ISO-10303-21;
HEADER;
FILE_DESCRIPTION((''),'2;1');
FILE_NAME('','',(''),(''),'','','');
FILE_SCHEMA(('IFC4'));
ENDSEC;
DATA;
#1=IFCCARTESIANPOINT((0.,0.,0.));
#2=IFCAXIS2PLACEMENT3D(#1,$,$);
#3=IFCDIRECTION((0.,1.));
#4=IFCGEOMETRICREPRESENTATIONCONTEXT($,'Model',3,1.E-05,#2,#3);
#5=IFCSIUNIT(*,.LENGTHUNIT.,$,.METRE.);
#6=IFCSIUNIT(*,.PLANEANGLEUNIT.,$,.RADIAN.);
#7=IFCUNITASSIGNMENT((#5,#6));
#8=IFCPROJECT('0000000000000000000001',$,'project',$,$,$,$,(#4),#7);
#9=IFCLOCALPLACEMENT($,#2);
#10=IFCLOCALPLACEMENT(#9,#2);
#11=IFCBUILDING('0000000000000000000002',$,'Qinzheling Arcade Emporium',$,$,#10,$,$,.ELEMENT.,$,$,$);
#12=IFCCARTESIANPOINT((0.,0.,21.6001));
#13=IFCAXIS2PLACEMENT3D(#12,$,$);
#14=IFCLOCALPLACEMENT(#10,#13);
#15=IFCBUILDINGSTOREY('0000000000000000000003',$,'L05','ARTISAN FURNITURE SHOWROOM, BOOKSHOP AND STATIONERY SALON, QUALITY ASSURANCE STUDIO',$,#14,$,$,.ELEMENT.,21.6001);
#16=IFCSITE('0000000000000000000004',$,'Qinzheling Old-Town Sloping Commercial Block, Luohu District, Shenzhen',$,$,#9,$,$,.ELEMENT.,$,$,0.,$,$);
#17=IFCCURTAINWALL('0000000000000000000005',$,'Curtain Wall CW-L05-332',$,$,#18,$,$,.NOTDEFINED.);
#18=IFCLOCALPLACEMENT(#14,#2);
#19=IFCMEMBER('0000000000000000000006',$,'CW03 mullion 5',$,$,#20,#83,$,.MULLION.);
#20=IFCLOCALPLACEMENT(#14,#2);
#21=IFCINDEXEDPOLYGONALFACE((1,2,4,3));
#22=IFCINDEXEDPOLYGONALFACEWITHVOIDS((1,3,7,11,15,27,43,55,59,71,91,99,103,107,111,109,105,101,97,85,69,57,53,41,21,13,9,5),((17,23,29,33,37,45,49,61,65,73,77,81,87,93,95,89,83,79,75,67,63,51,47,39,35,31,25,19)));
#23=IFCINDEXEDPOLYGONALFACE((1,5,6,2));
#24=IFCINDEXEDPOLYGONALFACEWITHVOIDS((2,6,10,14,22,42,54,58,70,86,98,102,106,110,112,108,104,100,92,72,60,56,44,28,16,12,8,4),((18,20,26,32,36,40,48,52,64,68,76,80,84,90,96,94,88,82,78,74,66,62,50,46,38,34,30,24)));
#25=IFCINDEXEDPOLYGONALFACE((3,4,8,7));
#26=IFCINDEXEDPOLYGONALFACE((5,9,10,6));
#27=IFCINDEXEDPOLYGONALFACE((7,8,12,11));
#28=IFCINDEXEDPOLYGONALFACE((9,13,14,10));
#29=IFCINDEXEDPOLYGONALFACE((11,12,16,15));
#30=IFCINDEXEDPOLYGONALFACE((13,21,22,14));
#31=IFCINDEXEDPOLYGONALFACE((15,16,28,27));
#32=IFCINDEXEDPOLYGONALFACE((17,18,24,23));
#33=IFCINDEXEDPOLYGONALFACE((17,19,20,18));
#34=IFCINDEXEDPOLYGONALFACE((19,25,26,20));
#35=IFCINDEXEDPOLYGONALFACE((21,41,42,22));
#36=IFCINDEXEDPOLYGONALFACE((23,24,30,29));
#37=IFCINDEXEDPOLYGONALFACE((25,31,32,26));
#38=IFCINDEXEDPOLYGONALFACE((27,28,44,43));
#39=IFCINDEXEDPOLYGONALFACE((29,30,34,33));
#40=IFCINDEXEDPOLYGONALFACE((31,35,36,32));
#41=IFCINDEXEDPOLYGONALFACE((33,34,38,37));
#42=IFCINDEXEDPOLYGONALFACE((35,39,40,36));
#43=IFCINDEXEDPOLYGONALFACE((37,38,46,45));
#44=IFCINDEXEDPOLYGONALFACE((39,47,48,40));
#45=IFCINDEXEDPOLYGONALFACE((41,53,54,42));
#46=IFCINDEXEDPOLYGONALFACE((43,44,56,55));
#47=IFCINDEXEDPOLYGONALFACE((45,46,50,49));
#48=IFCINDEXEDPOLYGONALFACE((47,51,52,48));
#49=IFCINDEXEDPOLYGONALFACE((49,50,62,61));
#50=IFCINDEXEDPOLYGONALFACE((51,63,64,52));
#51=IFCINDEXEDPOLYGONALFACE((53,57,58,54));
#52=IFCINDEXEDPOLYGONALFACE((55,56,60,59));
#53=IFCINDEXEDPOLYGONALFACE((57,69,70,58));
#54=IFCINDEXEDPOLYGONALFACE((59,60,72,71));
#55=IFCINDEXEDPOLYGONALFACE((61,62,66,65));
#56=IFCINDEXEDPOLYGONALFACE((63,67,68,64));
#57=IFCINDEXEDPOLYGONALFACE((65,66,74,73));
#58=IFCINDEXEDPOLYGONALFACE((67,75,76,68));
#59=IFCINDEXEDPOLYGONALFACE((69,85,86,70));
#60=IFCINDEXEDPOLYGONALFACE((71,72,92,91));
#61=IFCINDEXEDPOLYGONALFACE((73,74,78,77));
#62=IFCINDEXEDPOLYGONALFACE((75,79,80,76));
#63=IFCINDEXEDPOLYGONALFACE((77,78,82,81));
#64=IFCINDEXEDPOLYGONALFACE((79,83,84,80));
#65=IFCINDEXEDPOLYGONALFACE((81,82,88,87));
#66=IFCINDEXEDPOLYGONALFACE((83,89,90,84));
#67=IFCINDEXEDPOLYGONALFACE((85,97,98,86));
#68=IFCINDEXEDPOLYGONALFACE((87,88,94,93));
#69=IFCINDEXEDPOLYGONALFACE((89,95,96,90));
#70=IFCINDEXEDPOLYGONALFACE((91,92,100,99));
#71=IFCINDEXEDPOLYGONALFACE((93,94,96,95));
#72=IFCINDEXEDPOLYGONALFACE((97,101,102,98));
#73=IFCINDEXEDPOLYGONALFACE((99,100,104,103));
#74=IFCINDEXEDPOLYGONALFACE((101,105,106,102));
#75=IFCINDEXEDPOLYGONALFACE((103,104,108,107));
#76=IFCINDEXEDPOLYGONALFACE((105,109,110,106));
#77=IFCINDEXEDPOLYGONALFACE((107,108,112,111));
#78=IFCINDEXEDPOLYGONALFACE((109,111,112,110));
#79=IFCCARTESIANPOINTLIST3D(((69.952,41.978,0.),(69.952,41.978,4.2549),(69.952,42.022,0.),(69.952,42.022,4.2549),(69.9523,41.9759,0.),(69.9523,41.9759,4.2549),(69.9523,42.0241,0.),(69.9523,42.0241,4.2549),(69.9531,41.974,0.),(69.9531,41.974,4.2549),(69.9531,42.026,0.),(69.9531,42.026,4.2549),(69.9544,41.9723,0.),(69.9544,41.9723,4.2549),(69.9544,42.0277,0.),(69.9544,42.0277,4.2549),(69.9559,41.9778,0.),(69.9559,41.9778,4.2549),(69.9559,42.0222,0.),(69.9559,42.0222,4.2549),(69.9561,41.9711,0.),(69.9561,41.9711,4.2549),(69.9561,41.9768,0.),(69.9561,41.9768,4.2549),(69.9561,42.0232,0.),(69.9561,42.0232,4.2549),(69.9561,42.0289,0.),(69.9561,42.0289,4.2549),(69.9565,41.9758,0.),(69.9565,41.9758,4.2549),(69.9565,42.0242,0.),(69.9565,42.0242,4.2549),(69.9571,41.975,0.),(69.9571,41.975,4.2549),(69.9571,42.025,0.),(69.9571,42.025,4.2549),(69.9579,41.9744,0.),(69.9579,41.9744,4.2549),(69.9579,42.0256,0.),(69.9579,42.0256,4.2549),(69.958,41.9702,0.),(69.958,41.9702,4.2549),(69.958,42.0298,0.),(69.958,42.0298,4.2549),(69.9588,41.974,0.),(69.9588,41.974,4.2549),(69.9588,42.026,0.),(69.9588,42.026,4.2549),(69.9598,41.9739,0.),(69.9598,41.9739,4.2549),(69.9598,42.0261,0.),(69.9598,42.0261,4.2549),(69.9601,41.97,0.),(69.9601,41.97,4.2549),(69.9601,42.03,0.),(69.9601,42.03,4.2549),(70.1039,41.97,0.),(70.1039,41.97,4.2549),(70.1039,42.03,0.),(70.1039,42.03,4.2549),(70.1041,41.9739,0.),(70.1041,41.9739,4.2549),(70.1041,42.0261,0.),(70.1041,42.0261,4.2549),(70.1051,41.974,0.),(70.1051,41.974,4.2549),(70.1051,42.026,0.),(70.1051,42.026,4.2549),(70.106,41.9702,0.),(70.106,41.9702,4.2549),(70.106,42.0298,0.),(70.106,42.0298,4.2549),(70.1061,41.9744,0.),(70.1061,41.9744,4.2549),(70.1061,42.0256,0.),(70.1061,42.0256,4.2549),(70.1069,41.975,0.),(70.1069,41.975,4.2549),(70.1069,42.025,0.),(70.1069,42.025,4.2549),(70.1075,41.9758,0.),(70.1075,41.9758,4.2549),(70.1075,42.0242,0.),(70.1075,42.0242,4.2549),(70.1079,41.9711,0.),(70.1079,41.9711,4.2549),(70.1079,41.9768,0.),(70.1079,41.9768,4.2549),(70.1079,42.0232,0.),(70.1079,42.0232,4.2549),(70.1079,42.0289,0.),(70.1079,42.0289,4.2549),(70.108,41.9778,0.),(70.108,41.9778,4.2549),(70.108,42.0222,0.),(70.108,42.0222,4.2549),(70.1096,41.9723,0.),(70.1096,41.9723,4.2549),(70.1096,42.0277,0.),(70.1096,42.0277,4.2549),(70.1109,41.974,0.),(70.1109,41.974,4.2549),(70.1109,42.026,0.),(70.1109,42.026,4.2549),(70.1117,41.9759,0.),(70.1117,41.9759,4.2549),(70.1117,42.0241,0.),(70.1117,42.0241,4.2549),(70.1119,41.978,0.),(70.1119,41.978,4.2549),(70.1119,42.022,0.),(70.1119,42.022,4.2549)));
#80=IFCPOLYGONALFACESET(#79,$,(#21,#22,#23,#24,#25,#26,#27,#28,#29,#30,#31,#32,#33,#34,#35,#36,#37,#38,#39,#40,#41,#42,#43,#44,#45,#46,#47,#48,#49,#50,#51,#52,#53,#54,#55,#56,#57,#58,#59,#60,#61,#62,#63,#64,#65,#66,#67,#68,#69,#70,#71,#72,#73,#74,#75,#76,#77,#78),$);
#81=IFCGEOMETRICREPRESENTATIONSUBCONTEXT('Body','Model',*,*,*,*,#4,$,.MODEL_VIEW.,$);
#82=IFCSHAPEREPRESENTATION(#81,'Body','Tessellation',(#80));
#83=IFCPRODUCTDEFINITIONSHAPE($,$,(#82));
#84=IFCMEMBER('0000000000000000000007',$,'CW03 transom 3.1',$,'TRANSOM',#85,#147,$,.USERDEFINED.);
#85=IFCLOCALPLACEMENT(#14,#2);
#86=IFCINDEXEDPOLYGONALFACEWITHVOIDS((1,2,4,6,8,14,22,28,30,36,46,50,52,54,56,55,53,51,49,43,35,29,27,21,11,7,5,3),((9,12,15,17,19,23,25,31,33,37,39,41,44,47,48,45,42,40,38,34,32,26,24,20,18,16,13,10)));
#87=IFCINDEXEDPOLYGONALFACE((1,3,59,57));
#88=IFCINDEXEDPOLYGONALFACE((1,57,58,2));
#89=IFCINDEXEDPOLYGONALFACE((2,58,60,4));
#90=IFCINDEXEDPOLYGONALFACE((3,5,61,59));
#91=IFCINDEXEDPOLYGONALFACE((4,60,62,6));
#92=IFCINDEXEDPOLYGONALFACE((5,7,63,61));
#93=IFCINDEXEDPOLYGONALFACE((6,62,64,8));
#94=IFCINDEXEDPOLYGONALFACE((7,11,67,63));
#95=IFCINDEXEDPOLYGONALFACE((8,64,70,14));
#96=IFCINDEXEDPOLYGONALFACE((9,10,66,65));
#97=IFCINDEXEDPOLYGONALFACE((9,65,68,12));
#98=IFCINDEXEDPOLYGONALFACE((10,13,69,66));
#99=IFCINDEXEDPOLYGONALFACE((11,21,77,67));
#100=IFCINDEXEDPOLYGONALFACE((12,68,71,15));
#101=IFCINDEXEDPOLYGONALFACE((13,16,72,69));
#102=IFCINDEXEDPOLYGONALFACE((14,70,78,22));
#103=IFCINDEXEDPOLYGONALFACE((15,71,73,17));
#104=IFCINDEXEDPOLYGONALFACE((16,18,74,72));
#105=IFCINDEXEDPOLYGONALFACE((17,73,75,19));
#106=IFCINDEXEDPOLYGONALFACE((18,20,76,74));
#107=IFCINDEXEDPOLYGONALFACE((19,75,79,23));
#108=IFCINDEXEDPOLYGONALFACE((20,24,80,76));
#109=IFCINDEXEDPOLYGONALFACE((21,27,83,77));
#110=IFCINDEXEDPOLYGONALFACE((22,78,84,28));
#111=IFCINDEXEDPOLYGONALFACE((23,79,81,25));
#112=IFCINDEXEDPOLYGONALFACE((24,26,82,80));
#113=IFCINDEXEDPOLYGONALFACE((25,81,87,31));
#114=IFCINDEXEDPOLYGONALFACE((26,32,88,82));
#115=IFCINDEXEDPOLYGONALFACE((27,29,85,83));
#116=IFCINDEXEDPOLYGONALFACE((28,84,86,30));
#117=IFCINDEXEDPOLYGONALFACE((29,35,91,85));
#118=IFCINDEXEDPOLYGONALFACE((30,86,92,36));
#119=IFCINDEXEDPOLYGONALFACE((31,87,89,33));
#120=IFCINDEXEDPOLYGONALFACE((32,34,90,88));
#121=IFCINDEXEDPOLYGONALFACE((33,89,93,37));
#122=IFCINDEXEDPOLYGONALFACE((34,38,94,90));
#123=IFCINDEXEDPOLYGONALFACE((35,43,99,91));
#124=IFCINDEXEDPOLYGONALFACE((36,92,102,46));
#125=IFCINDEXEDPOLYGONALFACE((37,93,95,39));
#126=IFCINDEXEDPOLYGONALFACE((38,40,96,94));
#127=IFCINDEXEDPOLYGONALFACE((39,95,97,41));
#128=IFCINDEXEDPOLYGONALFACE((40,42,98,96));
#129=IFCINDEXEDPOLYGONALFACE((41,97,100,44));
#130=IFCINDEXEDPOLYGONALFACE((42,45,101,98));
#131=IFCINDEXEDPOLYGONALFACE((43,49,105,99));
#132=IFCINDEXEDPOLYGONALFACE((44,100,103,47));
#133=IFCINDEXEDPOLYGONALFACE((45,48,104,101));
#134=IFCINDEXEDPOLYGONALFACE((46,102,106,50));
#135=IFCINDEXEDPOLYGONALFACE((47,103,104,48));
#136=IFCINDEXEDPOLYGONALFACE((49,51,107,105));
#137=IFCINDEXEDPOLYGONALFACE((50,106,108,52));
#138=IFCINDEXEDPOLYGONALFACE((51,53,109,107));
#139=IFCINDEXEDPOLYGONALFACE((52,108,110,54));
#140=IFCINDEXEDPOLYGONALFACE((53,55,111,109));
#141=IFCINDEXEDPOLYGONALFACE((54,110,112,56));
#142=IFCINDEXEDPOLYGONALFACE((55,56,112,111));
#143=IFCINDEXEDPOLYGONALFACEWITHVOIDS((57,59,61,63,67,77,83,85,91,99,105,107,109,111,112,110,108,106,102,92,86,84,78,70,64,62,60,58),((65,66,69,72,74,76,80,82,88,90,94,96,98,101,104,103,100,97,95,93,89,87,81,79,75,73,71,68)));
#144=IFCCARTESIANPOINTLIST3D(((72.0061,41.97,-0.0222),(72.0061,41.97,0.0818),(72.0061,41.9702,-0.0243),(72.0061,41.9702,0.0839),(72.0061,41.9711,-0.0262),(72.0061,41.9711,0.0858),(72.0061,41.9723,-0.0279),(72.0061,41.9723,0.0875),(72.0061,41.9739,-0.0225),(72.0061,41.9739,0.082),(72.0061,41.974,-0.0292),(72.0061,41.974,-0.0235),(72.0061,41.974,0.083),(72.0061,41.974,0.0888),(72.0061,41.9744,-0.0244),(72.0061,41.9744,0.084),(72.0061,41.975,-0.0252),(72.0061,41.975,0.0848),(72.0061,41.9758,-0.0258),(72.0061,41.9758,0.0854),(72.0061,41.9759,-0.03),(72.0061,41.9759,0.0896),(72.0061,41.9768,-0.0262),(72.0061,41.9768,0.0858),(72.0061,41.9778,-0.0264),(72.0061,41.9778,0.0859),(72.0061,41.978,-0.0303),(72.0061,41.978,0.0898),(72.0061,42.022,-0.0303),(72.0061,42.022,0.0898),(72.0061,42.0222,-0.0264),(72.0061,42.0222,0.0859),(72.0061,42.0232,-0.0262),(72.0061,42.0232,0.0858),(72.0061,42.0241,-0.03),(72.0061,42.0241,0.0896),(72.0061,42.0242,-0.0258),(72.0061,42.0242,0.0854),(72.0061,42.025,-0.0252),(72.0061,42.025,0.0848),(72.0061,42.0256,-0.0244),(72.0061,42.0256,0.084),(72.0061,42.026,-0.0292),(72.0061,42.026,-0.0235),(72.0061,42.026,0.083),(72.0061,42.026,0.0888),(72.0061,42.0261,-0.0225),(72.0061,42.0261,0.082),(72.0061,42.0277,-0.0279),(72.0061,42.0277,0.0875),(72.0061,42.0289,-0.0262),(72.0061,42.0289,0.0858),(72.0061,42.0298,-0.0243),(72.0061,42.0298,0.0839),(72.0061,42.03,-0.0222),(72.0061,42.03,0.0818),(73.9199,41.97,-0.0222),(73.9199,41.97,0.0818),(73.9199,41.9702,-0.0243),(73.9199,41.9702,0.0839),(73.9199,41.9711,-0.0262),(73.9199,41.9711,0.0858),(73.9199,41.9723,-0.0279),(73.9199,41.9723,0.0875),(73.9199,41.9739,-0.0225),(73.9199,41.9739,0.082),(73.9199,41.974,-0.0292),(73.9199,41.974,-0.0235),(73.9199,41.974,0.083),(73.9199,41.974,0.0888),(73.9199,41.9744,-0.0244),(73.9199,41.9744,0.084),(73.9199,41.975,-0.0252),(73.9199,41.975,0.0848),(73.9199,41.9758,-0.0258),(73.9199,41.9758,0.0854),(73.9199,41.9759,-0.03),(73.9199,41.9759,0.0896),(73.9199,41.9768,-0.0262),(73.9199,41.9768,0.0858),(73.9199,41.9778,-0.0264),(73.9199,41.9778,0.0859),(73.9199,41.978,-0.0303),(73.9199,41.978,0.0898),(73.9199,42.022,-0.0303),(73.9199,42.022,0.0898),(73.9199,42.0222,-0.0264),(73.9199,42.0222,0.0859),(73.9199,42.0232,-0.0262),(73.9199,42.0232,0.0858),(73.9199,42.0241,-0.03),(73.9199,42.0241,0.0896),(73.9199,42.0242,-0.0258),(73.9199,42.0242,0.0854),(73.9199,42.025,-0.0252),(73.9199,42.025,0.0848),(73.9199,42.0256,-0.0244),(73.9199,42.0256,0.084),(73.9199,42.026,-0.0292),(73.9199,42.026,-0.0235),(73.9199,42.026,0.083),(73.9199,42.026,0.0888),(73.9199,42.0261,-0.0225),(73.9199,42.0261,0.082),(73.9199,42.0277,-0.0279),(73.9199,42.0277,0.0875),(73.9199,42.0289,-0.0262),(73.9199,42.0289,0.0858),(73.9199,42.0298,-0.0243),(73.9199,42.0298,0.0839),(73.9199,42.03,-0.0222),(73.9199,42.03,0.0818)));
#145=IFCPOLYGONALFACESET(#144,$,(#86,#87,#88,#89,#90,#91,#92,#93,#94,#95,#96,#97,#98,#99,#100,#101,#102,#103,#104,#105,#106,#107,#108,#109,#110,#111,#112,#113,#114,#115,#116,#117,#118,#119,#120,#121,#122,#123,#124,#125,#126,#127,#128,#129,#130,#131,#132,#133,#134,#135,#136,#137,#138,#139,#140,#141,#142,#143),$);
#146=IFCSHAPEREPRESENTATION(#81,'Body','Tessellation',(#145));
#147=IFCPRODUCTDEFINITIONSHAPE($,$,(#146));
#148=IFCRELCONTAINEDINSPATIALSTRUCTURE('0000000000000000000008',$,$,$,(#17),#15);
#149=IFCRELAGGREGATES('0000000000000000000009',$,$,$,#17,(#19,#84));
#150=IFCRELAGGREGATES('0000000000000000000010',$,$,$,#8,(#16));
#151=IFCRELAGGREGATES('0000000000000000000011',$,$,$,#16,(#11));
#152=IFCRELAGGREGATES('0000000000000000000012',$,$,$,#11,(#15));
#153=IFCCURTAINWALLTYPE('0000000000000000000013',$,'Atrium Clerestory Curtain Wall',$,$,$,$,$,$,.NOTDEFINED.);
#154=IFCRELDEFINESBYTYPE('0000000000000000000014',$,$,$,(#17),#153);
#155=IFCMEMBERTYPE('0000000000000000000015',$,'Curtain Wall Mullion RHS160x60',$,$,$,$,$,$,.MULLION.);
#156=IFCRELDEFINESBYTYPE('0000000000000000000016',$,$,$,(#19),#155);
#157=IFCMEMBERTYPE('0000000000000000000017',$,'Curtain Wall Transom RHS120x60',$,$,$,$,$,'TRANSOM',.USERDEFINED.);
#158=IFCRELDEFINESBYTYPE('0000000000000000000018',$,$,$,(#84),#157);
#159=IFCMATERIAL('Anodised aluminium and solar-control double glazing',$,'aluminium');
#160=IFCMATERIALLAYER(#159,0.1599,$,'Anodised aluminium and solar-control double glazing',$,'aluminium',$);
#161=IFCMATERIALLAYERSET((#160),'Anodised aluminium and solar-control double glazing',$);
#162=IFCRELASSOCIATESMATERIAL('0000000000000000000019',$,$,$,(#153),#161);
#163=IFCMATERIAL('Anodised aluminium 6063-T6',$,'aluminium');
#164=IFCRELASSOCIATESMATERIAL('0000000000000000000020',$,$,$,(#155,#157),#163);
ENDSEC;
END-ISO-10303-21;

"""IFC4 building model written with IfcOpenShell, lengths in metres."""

from ifc_helpers import new_model, si_unit, direction, frame, origin, origin_2d, place, context, subcontext, project, spatial, hollow_rectangle, extrude, material, layer, layer_set, material_profile, profile_set, type_object, element, aggregate, save


model = new_model("IFC4")

# Units and contexts
model_context = context("Model", 3, precision=1e-05, world=origin(), true_north=direction((0.0, 1.0)))
body_context = subcontext(model_context, "Body", "Model", "MODEL_VIEW")
ifc_project = project(units=[si_unit("LENGTHUNIT", "METRE"), si_unit("PLANEANGLEUNIT", "RADIAN")], contexts=[model_context])

# Site, building, storey
site_placement = place(None, origin())
site = spatial("IfcSite", under=ifc_project, at=site_placement, Name="Qinzheling Old-Town Sloping Commercial Block, Luohu District, Shenzhen", CompositionType="ELEMENT", RefElevation=0.0)
building_placement = place(site_placement, origin())
building = spatial("IfcBuilding", under=site, at=building_placement, Name="Qinzheling Arcade Emporium", CompositionType="ELEMENT")
storey_placement = place(building_placement, frame((0.0, 0.0, 21.6001)))
storey = spatial("IfcBuildingStorey", under=building, at=storey_placement, Name="L05", Description="ARTISAN FURNITURE SHOWROOM, BOOKSHOP AND STATIONERY SALON, QUALITY ASSURANCE STUDIO", CompositionType="ELEMENT", Elevation=21.6001)

# Curtain wall, members
ifc_material_1 = material(Name="Anodised aluminium and solar-control double glazing", Category="aluminium")
ifc_layer_1 = layer(ifc_material_1, 0.1599, Name="Anodised aluminium and solar-control double glazing", Category="aluminium")
ifc_layer_set_1 = layer_set([ifc_layer_1], Name="Anodised aluminium and solar-control double glazing")
curtain_wall_type = type_object("IfcCurtainWallType", Name="Atrium Clerestory Curtain Wall", PredefinedType="NOTDEFINED", material=ifc_layer_set_1)
curtain_wall_placement = place(storey_placement, origin())
curtain_wall = element("IfcCurtainWall", 1, at=curtain_wall_placement, inside=storey, type_object=curtain_wall_type, Name="Curtain Wall CW-L05-332", PredefinedType="NOTDEFINED")
ifc_material_2 = material(Name="Anodised aluminium 6063-T6", Category="aluminium")
ifc_material_profile_1 = material_profile(ifc_material_2, hollow_rectangle(XDim=0.0601, YDim=0.1599, WallThickness=0.0039, InnerFilletRadius=0.0039, OuterFilletRadius=0.0081, at=origin_2d()), Name="RHS 160x60x4", Category="aluminium")
ifc_profile_set_1 = profile_set([ifc_material_profile_1], Name="Anodised aluminium 6063-T6")
member_type_1 = type_object("IfcMemberType", Name="Curtain Wall Mullion RHS160x60", PredefinedType="MULLION", material=ifc_profile_set_1)
member_1_placement = place(storey_placement, frame((70.032, 42.0, 0.0), z_axis=(0.0, 0.0, 1.0), x_axis=(0.0, -1.0, 0.0)))
member_1 = element("IfcMember", 2, at=member_1_placement, type_object=member_type_1, Name="CW03 mullion 5", PredefinedType="MULLION", context=body_context, shape_type="SweptSolid", body=[
    extrude(hollow_rectangle(XDim=0.0601, YDim=0.1599, WallThickness=0.0039, InnerFilletRadius=0.0039, OuterFilletRadius=0.0081, at=origin_2d()), origin(), (0.0, 0.0, 1.0), 4.2549),
])
ifc_material_profile_2 = material_profile(ifc_material_2, hollow_rectangle(XDim=0.0601, YDim=0.1201, WallThickness=0.0039, InnerFilletRadius=0.0039, OuterFilletRadius=0.0081, at=origin_2d()), Name="RHS 120x60x4", Category="aluminium")
ifc_profile_set_2 = profile_set([ifc_material_profile_2], Name="Anodised aluminium 6063-T6")
member_type_2 = type_object("IfcMemberType", Name="Curtain Wall Transom RHS120x60", ElementType="TRANSOM", PredefinedType="USERDEFINED", material=ifc_profile_set_2)
member_2_placement = place(storey_placement, frame((73.9199, 42.0, 0.0298), z_axis=(-1.0, 0.0, 0.0), x_axis=(0.0, -1.0, 0.0)))
member_2 = element("IfcMember", 3, at=member_2_placement, type_object=member_type_2, Name="CW03 transom 3.1", ObjectType="TRANSOM", PredefinedType="USERDEFINED", context=body_context, shape_type="SweptSolid", body=[
    extrude(hollow_rectangle(XDim=0.0601, YDim=0.1201, WallThickness=0.0039, InnerFilletRadius=0.0039, OuterFilletRadius=0.0081, at=origin_2d()), origin(), (0.0, 0.0, 1.0), 1.9138),
])

aggregate(curtain_wall, [member_1, member_2])

save(model, "model.ifc")
